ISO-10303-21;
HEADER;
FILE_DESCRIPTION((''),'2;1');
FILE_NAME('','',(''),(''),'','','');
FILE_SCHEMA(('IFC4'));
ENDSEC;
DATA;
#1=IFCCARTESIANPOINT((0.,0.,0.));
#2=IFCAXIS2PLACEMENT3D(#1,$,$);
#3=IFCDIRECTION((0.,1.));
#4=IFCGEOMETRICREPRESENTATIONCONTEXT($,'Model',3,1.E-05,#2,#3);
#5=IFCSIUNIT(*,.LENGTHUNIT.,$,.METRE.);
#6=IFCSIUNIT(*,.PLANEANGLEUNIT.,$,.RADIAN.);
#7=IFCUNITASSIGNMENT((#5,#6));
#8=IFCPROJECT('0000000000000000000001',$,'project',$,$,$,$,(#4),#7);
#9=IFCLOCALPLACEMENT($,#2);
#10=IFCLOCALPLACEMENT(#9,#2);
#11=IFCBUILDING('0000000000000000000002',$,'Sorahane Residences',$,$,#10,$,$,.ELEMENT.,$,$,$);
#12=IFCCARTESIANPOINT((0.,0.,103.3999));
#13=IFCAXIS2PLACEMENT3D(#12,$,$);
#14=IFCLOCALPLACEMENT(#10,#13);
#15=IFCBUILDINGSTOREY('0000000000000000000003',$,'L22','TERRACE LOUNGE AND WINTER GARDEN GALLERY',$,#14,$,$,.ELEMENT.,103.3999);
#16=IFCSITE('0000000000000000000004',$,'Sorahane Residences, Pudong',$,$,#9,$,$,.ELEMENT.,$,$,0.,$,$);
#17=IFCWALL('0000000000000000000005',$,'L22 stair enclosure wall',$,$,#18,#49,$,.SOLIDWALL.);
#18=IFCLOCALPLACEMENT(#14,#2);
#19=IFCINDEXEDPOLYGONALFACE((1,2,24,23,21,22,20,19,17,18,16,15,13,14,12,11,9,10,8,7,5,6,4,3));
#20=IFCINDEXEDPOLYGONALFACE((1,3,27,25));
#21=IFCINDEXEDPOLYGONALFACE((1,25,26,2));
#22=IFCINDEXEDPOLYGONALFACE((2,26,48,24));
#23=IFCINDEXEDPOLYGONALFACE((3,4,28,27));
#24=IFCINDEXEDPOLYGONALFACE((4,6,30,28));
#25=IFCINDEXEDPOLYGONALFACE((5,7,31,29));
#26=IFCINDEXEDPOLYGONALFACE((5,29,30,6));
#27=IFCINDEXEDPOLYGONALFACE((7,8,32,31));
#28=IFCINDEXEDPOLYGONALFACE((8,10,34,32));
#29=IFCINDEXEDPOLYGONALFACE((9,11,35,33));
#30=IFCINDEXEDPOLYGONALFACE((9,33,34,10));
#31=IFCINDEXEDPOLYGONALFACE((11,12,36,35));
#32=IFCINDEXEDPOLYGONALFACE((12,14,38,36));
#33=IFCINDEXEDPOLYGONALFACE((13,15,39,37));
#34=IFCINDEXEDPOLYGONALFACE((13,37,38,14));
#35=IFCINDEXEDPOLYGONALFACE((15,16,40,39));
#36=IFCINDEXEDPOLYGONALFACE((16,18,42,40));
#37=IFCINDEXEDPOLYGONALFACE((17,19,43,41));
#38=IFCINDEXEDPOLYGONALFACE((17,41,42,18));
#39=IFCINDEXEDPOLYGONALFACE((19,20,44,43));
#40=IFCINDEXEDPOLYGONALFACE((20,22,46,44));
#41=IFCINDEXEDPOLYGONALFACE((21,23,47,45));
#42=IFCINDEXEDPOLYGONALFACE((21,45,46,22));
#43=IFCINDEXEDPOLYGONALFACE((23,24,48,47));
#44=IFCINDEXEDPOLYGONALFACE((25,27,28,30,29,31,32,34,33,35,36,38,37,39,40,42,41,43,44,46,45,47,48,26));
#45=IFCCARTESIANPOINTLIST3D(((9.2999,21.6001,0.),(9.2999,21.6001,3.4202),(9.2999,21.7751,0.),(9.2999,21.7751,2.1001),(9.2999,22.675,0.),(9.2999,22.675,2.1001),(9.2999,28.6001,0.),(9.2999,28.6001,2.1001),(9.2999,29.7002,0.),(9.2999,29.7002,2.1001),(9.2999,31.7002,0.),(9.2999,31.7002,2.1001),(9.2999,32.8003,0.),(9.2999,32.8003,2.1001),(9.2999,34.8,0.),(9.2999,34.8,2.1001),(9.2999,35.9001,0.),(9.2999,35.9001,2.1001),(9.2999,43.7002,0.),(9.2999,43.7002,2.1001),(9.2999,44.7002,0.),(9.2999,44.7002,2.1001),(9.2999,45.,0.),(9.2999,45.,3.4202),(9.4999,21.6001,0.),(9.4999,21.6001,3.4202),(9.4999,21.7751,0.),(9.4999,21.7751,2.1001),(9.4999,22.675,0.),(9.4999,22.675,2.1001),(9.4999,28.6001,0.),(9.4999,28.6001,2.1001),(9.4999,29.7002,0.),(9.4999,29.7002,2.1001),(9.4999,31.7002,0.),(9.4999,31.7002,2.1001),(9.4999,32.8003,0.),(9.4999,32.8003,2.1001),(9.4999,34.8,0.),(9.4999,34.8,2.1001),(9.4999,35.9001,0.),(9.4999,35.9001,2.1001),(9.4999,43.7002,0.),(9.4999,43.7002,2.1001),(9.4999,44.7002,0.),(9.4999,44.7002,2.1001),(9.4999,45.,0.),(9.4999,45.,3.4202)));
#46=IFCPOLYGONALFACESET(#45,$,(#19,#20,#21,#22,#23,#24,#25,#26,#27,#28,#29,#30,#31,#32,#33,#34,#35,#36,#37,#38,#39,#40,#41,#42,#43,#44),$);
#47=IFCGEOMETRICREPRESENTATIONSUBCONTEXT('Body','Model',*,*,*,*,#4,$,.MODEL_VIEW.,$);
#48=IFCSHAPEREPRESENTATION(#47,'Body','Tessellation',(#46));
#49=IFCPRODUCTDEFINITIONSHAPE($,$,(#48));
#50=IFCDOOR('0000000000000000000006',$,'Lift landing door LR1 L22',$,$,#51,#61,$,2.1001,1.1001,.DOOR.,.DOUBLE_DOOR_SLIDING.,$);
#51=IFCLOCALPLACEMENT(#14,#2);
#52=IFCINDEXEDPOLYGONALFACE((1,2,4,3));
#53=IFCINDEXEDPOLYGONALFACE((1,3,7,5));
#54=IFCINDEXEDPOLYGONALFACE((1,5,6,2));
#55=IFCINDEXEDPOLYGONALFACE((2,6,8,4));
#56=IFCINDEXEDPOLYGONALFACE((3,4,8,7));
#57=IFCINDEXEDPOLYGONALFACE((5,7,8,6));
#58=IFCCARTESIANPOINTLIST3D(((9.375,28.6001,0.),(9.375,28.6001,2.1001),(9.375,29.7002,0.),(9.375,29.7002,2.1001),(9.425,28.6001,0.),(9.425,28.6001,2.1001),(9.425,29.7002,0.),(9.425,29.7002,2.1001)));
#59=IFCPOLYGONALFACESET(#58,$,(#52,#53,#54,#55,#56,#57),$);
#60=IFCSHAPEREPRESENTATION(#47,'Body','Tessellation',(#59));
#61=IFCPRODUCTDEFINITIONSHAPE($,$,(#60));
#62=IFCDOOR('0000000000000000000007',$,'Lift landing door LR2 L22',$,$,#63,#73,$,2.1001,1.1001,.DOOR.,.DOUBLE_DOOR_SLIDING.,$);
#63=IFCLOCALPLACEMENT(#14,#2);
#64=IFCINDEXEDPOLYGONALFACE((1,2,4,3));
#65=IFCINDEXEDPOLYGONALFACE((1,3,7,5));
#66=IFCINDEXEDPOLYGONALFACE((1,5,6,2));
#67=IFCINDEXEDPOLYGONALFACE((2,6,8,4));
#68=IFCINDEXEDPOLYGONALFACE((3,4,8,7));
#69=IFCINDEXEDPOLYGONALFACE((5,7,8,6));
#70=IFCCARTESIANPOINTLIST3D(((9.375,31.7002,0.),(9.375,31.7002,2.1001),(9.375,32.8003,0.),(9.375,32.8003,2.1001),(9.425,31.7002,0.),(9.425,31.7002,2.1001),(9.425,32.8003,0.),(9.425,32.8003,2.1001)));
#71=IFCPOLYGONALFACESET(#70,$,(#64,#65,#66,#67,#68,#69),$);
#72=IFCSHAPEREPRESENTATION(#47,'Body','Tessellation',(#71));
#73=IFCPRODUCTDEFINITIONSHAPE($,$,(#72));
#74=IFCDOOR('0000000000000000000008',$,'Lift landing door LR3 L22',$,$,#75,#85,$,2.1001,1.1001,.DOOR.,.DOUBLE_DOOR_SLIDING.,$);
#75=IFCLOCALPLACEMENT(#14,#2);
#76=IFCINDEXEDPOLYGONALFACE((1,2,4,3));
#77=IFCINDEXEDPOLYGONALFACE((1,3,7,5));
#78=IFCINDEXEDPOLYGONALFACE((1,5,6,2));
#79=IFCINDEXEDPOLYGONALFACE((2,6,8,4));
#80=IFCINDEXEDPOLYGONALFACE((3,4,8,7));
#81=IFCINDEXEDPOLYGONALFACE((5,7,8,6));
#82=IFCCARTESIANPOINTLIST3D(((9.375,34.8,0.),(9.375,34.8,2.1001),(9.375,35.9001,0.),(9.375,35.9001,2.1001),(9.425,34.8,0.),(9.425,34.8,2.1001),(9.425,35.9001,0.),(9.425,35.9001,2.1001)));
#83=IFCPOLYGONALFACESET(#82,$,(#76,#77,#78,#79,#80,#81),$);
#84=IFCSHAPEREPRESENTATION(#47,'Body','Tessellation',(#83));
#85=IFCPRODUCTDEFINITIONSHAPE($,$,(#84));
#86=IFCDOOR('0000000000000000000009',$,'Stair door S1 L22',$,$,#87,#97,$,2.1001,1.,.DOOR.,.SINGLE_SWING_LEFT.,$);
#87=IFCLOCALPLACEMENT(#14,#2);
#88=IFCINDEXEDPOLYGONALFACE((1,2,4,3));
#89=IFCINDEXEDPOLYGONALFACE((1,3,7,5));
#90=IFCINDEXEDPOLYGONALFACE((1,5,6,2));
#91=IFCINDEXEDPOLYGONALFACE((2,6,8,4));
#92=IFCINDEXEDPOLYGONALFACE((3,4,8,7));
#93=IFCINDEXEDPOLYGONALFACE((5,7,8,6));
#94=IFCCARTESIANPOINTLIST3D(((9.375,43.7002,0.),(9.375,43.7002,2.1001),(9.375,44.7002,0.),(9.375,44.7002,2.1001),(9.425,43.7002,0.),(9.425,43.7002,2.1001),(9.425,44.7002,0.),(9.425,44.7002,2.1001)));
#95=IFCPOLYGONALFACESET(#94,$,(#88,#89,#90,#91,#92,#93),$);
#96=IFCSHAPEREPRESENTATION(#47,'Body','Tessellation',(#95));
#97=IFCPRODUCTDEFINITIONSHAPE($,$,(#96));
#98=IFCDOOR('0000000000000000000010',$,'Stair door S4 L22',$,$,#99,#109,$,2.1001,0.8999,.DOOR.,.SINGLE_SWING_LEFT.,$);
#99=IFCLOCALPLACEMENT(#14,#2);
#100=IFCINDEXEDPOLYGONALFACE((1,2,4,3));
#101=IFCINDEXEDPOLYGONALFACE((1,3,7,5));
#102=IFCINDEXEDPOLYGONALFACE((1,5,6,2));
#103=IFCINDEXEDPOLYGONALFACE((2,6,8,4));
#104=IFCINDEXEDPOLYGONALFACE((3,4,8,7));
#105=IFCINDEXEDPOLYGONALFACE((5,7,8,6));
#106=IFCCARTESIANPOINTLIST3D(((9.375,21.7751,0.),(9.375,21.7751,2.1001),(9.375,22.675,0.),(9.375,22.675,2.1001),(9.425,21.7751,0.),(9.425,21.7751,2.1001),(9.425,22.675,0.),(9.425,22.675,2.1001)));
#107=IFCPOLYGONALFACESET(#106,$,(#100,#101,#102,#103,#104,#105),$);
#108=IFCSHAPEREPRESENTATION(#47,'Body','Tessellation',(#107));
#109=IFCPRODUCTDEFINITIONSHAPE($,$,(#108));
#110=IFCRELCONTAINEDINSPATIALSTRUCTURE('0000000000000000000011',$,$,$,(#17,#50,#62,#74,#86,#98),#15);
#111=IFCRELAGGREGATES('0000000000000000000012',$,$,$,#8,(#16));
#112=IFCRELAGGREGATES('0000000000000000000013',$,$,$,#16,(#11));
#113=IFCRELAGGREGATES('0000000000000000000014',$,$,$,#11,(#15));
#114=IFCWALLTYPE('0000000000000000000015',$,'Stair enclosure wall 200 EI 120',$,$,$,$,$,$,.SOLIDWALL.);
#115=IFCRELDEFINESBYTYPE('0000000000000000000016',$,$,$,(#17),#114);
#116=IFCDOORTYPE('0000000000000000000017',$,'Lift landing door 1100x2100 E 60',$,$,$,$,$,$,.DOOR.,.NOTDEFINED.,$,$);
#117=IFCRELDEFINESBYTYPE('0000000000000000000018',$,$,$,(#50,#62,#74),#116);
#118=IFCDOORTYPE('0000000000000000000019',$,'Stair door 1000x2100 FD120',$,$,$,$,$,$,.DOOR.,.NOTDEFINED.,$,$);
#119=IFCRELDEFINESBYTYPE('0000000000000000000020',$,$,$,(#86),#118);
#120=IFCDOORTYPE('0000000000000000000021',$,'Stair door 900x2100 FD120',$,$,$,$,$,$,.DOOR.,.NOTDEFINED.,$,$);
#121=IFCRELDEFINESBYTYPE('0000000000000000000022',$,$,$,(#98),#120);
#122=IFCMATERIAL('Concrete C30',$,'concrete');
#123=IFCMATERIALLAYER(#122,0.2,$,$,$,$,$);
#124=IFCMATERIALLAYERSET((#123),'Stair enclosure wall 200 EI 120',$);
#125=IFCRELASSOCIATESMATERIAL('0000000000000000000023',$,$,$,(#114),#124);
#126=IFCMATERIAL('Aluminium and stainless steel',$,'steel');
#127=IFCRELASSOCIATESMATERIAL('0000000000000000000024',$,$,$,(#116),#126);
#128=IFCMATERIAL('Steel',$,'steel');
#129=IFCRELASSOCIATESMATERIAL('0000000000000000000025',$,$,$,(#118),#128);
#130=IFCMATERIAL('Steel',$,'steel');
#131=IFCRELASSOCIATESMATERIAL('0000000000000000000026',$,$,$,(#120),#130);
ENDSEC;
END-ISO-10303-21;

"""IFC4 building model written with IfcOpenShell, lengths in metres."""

from ifc_helpers import new_model, si_unit, direction, frame, frame_2d, origin, place, context, subcontext, project, spatial, rectangle, extrude, material, layer, layer_set, type_object, element, fill, save


model = new_model("IFC4")

# Units and contexts
model_context = context("Model", 3, precision=1e-05, world=origin(), true_north=direction((0.0, 1.0)))
body_context = subcontext(model_context, "Body", "Model", "MODEL_VIEW")
ifc_project = project(units=[si_unit("LENGTHUNIT", "METRE"), si_unit("PLANEANGLEUNIT", "RADIAN")], contexts=[model_context])

# Site, building, storey
site_placement = place(None, origin())
site = spatial("IfcSite", under=ifc_project, at=site_placement, Name="Sorahane Residences, Pudong", CompositionType="ELEMENT", RefElevation=0.0)
building_placement = place(site_placement, origin())
building = spatial("IfcBuilding", under=site, at=building_placement, Name="Sorahane Residences", CompositionType="ELEMENT")
storey_placement = place(building_placement, frame((0.0, 0.0, 103.3999)))
storey = spatial("IfcBuildingStorey", under=building, at=storey_placement, Name="L22", Description="TERRACE LOUNGE AND WINTER GARDEN GALLERY", CompositionType="ELEMENT", Elevation=103.3999)

# Wall, openings, doors
ifc_material_1 = material(Name="Concrete C30", Category="concrete")
ifc_layer_1 = layer(ifc_material_1, 0.2)
ifc_layer_set_1 = layer_set([ifc_layer_1], Name="Stair enclosure wall 200 EI 120")
wall_type_1 = type_object("IfcWallType", Name="Stair enclosure wall 200 EI 120", PredefinedType="SOLIDWALL", material=ifc_layer_set_1)
wall_1_placement = place(storey_placement, frame((9.3999, 21.6001, 0.0), z_axis=(0.0, 0.0, 1.0), x_axis=(0.0, 1.0, 0.0)))
wall_1 = element("IfcWall", 1, at=wall_1_placement, inside=storey, type_object=wall_type_1, Name="L22 stair enclosure wall", PredefinedType="SOLIDWALL", context=body_context, shape_type="SweptSolid", body=[
    extrude(rectangle(XDim=23.3999, YDim=0.2, at=frame_2d((11.7, 0.0))), origin(), (0.0, 0.0, 1.0), 3.4202),
])
opening_1_placement = place(wall_1_placement, frame((7.0, 0.0, 0.0)))
opening_1 = element("IfcOpeningElement", 2, at=opening_1_placement, cuts=wall_1, PredefinedType="OPENING", context=body_context, shape_type="SweptSolid", body=[
    extrude(rectangle(XDim=1.1001, YDim=2.1001, at=frame_2d((0.55, 1.05))), frame((0.0, 0.1099, 0.0), z_axis=(0.0, -1.0, 0.0), x_axis=(1.0, 0.0, 0.0)), (0.0, 0.0, 1.0), 0.22),
])
opening_2_placement = place(wall_1_placement, frame((10.1001, 0.0, 0.0)))
opening_2 = element("IfcOpeningElement", 3, at=opening_2_placement, cuts=wall_1, PredefinedType="OPENING", context=body_context, shape_type="SweptSolid", body=[
    extrude(rectangle(XDim=1.1001, YDim=2.1001, at=frame_2d((0.55, 1.05))), frame((0.0, 0.1099, 0.0), z_axis=(0.0, -1.0, 0.0), x_axis=(1.0, 0.0, 0.0)), (0.0, 0.0, 1.0), 0.22),
])
opening_3_placement = place(wall_1_placement, frame((13.2, 0.0, 0.0)))
opening_3 = element("IfcOpeningElement", 4, at=opening_3_placement, cuts=wall_1, PredefinedType="OPENING", context=body_context, shape_type="SweptSolid", body=[
    extrude(rectangle(XDim=1.1001, YDim=2.1001, at=frame_2d((0.55, 1.05))), frame((0.0, 0.1099, 0.0), z_axis=(0.0, -1.0, 0.0), x_axis=(1.0, 0.0, 0.0)), (0.0, 0.0, 1.0), 0.22),
])
opening_4_placement = place(wall_1_placement, frame((22.1001, 0.0, 0.0)))
opening_4 = element("IfcOpeningElement", 5, at=opening_4_placement, cuts=wall_1, PredefinedType="OPENING", context=body_context, shape_type="SweptSolid", body=[
    extrude(rectangle(XDim=1.0, YDim=2.1001, at=frame_2d((0.5, 1.05))), frame((0.0, 0.1099, 0.0), z_axis=(0.0, -1.0, 0.0), x_axis=(1.0, 0.0, 0.0)), (0.0, 0.0, 1.0), 0.22),
])
opening_5_placement = place(wall_1_placement, frame((0.175, 0.0, 0.0)))
opening_5 = element("IfcOpeningElement", 6, at=opening_5_placement, cuts=wall_1, PredefinedType="OPENING", context=body_context, shape_type="SweptSolid", body=[
    extrude(rectangle(XDim=0.8999, YDim=2.1001, at=frame_2d((0.45, 1.05))), frame((0.0, 0.1099, 0.0), z_axis=(0.0, -1.0, 0.0), x_axis=(1.0, 0.0, 0.0)), (0.0, 0.0, 1.0), 0.22),
])
ifc_material_2 = material(Name="Aluminium and stainless steel", Category="steel")
door_type_1 = type_object("IfcDoorType", Name="Lift landing door 1100x2100 E 60", OperationType="NOTDEFINED", PredefinedType="DOOR", material=ifc_material_2)
door_1_placement = place(opening_1_placement, origin())
door_1 = element("IfcDoor", 7, at=door_1_placement, inside=storey, type_object=door_type_1, Name="Lift landing door LR1 L22", OperationType="DOUBLE_DOOR_SLIDING", OverallHeight=2.1001, OverallWidth=1.1001, PredefinedType="DOOR", context=body_context, shape_type="SweptSolid", body=[
    extrude(rectangle(XDim=1.1001, YDim=2.1001, at=frame_2d((0.55, 1.05))), frame((0.0, 0.0249, 0.0), z_axis=(0.0, -1.0, 0.0), x_axis=(1.0, 0.0, 0.0)), (0.0, 0.0, 1.0), 0.05),
])
fill(opening_1, door_1)
door_2_placement = place(opening_2_placement, origin())
door_2 = element("IfcDoor", 8, at=door_2_placement, inside=storey, type_object=door_type_1, Name="Lift landing door LR2 L22", OperationType="DOUBLE_DOOR_SLIDING", OverallHeight=2.1001, OverallWidth=1.1001, PredefinedType="DOOR", context=body_context, shape_type="SweptSolid", body=[
    extrude(rectangle(XDim=1.1001, YDim=2.1001, at=frame_2d((0.55, 1.05))), frame((0.0, 0.0249, 0.0), z_axis=(0.0, -1.0, 0.0), x_axis=(1.0, 0.0, 0.0)), (0.0, 0.0, 1.0), 0.05),
])
fill(opening_2, door_2)
door_3_placement = place(opening_3_placement, origin())
door_3 = element("IfcDoor", 9, at=door_3_placement, inside=storey, type_object=door_type_1, Name="Lift landing door LR3 L22", OperationType="DOUBLE_DOOR_SLIDING", OverallHeight=2.1001, OverallWidth=1.1001, PredefinedType="DOOR", context=body_context, shape_type="SweptSolid", body=[
    extrude(rectangle(XDim=1.1001, YDim=2.1001, at=frame_2d((0.55, 1.05))), frame((0.0, 0.0249, 0.0), z_axis=(0.0, -1.0, 0.0), x_axis=(1.0, 0.0, 0.0)), (0.0, 0.0, 1.0), 0.05),
])
fill(opening_3, door_3)
ifc_material_3 = material(Name="Steel", Category="steel")
door_type_2 = type_object("IfcDoorType", Name="Stair door 1000x2100 FD120", OperationType="NOTDEFINED", PredefinedType="DOOR", material=ifc_material_3)
door_4_placement = place(opening_4_placement, origin())
door_4 = element("IfcDoor", 10, at=door_4_placement, inside=storey, type_object=door_type_2, Name="Stair door S1 L22", OperationType="SINGLE_SWING_LEFT", OverallHeight=2.1001, OverallWidth=1.0, PredefinedType="DOOR", context=body_context, shape_type="SweptSolid", body=[
    extrude(rectangle(XDim=1.0, YDim=2.1001, at=frame_2d((0.5, 1.05))), frame((0.0, 0.0249, 0.0), z_axis=(0.0, -1.0, 0.0), x_axis=(1.0, 0.0, 0.0)), (0.0, 0.0, 1.0), 0.05),
])
fill(opening_4, door_4)
ifc_material_4 = material(Name="Steel", Category="steel")
door_type_3 = type_object("IfcDoorType", Name="Stair door 900x2100 FD120", OperationType="NOTDEFINED", PredefinedType="DOOR", material=ifc_material_4)
door_5_placement = place(opening_5_placement, origin())
door_5 = element("IfcDoor", 11, at=door_5_placement, inside=storey, type_object=door_type_3, Name="Stair door S4 L22", OperationType="SINGLE_SWING_LEFT", OverallHeight=2.1001, OverallWidth=0.8999, PredefinedType="DOOR", context=body_context, shape_type="SweptSolid", body=[
    extrude(rectangle(XDim=0.8999, YDim=2.1001, at=frame_2d((0.45, 1.05))), frame((0.0, 0.0249, 0.0), z_axis=(0.0, -1.0, 0.0), x_axis=(1.0, 0.0, 0.0)), (0.0, 0.0, 1.0), 0.05),
])
fill(opening_5, door_5)

save(model, "model.ifc")
